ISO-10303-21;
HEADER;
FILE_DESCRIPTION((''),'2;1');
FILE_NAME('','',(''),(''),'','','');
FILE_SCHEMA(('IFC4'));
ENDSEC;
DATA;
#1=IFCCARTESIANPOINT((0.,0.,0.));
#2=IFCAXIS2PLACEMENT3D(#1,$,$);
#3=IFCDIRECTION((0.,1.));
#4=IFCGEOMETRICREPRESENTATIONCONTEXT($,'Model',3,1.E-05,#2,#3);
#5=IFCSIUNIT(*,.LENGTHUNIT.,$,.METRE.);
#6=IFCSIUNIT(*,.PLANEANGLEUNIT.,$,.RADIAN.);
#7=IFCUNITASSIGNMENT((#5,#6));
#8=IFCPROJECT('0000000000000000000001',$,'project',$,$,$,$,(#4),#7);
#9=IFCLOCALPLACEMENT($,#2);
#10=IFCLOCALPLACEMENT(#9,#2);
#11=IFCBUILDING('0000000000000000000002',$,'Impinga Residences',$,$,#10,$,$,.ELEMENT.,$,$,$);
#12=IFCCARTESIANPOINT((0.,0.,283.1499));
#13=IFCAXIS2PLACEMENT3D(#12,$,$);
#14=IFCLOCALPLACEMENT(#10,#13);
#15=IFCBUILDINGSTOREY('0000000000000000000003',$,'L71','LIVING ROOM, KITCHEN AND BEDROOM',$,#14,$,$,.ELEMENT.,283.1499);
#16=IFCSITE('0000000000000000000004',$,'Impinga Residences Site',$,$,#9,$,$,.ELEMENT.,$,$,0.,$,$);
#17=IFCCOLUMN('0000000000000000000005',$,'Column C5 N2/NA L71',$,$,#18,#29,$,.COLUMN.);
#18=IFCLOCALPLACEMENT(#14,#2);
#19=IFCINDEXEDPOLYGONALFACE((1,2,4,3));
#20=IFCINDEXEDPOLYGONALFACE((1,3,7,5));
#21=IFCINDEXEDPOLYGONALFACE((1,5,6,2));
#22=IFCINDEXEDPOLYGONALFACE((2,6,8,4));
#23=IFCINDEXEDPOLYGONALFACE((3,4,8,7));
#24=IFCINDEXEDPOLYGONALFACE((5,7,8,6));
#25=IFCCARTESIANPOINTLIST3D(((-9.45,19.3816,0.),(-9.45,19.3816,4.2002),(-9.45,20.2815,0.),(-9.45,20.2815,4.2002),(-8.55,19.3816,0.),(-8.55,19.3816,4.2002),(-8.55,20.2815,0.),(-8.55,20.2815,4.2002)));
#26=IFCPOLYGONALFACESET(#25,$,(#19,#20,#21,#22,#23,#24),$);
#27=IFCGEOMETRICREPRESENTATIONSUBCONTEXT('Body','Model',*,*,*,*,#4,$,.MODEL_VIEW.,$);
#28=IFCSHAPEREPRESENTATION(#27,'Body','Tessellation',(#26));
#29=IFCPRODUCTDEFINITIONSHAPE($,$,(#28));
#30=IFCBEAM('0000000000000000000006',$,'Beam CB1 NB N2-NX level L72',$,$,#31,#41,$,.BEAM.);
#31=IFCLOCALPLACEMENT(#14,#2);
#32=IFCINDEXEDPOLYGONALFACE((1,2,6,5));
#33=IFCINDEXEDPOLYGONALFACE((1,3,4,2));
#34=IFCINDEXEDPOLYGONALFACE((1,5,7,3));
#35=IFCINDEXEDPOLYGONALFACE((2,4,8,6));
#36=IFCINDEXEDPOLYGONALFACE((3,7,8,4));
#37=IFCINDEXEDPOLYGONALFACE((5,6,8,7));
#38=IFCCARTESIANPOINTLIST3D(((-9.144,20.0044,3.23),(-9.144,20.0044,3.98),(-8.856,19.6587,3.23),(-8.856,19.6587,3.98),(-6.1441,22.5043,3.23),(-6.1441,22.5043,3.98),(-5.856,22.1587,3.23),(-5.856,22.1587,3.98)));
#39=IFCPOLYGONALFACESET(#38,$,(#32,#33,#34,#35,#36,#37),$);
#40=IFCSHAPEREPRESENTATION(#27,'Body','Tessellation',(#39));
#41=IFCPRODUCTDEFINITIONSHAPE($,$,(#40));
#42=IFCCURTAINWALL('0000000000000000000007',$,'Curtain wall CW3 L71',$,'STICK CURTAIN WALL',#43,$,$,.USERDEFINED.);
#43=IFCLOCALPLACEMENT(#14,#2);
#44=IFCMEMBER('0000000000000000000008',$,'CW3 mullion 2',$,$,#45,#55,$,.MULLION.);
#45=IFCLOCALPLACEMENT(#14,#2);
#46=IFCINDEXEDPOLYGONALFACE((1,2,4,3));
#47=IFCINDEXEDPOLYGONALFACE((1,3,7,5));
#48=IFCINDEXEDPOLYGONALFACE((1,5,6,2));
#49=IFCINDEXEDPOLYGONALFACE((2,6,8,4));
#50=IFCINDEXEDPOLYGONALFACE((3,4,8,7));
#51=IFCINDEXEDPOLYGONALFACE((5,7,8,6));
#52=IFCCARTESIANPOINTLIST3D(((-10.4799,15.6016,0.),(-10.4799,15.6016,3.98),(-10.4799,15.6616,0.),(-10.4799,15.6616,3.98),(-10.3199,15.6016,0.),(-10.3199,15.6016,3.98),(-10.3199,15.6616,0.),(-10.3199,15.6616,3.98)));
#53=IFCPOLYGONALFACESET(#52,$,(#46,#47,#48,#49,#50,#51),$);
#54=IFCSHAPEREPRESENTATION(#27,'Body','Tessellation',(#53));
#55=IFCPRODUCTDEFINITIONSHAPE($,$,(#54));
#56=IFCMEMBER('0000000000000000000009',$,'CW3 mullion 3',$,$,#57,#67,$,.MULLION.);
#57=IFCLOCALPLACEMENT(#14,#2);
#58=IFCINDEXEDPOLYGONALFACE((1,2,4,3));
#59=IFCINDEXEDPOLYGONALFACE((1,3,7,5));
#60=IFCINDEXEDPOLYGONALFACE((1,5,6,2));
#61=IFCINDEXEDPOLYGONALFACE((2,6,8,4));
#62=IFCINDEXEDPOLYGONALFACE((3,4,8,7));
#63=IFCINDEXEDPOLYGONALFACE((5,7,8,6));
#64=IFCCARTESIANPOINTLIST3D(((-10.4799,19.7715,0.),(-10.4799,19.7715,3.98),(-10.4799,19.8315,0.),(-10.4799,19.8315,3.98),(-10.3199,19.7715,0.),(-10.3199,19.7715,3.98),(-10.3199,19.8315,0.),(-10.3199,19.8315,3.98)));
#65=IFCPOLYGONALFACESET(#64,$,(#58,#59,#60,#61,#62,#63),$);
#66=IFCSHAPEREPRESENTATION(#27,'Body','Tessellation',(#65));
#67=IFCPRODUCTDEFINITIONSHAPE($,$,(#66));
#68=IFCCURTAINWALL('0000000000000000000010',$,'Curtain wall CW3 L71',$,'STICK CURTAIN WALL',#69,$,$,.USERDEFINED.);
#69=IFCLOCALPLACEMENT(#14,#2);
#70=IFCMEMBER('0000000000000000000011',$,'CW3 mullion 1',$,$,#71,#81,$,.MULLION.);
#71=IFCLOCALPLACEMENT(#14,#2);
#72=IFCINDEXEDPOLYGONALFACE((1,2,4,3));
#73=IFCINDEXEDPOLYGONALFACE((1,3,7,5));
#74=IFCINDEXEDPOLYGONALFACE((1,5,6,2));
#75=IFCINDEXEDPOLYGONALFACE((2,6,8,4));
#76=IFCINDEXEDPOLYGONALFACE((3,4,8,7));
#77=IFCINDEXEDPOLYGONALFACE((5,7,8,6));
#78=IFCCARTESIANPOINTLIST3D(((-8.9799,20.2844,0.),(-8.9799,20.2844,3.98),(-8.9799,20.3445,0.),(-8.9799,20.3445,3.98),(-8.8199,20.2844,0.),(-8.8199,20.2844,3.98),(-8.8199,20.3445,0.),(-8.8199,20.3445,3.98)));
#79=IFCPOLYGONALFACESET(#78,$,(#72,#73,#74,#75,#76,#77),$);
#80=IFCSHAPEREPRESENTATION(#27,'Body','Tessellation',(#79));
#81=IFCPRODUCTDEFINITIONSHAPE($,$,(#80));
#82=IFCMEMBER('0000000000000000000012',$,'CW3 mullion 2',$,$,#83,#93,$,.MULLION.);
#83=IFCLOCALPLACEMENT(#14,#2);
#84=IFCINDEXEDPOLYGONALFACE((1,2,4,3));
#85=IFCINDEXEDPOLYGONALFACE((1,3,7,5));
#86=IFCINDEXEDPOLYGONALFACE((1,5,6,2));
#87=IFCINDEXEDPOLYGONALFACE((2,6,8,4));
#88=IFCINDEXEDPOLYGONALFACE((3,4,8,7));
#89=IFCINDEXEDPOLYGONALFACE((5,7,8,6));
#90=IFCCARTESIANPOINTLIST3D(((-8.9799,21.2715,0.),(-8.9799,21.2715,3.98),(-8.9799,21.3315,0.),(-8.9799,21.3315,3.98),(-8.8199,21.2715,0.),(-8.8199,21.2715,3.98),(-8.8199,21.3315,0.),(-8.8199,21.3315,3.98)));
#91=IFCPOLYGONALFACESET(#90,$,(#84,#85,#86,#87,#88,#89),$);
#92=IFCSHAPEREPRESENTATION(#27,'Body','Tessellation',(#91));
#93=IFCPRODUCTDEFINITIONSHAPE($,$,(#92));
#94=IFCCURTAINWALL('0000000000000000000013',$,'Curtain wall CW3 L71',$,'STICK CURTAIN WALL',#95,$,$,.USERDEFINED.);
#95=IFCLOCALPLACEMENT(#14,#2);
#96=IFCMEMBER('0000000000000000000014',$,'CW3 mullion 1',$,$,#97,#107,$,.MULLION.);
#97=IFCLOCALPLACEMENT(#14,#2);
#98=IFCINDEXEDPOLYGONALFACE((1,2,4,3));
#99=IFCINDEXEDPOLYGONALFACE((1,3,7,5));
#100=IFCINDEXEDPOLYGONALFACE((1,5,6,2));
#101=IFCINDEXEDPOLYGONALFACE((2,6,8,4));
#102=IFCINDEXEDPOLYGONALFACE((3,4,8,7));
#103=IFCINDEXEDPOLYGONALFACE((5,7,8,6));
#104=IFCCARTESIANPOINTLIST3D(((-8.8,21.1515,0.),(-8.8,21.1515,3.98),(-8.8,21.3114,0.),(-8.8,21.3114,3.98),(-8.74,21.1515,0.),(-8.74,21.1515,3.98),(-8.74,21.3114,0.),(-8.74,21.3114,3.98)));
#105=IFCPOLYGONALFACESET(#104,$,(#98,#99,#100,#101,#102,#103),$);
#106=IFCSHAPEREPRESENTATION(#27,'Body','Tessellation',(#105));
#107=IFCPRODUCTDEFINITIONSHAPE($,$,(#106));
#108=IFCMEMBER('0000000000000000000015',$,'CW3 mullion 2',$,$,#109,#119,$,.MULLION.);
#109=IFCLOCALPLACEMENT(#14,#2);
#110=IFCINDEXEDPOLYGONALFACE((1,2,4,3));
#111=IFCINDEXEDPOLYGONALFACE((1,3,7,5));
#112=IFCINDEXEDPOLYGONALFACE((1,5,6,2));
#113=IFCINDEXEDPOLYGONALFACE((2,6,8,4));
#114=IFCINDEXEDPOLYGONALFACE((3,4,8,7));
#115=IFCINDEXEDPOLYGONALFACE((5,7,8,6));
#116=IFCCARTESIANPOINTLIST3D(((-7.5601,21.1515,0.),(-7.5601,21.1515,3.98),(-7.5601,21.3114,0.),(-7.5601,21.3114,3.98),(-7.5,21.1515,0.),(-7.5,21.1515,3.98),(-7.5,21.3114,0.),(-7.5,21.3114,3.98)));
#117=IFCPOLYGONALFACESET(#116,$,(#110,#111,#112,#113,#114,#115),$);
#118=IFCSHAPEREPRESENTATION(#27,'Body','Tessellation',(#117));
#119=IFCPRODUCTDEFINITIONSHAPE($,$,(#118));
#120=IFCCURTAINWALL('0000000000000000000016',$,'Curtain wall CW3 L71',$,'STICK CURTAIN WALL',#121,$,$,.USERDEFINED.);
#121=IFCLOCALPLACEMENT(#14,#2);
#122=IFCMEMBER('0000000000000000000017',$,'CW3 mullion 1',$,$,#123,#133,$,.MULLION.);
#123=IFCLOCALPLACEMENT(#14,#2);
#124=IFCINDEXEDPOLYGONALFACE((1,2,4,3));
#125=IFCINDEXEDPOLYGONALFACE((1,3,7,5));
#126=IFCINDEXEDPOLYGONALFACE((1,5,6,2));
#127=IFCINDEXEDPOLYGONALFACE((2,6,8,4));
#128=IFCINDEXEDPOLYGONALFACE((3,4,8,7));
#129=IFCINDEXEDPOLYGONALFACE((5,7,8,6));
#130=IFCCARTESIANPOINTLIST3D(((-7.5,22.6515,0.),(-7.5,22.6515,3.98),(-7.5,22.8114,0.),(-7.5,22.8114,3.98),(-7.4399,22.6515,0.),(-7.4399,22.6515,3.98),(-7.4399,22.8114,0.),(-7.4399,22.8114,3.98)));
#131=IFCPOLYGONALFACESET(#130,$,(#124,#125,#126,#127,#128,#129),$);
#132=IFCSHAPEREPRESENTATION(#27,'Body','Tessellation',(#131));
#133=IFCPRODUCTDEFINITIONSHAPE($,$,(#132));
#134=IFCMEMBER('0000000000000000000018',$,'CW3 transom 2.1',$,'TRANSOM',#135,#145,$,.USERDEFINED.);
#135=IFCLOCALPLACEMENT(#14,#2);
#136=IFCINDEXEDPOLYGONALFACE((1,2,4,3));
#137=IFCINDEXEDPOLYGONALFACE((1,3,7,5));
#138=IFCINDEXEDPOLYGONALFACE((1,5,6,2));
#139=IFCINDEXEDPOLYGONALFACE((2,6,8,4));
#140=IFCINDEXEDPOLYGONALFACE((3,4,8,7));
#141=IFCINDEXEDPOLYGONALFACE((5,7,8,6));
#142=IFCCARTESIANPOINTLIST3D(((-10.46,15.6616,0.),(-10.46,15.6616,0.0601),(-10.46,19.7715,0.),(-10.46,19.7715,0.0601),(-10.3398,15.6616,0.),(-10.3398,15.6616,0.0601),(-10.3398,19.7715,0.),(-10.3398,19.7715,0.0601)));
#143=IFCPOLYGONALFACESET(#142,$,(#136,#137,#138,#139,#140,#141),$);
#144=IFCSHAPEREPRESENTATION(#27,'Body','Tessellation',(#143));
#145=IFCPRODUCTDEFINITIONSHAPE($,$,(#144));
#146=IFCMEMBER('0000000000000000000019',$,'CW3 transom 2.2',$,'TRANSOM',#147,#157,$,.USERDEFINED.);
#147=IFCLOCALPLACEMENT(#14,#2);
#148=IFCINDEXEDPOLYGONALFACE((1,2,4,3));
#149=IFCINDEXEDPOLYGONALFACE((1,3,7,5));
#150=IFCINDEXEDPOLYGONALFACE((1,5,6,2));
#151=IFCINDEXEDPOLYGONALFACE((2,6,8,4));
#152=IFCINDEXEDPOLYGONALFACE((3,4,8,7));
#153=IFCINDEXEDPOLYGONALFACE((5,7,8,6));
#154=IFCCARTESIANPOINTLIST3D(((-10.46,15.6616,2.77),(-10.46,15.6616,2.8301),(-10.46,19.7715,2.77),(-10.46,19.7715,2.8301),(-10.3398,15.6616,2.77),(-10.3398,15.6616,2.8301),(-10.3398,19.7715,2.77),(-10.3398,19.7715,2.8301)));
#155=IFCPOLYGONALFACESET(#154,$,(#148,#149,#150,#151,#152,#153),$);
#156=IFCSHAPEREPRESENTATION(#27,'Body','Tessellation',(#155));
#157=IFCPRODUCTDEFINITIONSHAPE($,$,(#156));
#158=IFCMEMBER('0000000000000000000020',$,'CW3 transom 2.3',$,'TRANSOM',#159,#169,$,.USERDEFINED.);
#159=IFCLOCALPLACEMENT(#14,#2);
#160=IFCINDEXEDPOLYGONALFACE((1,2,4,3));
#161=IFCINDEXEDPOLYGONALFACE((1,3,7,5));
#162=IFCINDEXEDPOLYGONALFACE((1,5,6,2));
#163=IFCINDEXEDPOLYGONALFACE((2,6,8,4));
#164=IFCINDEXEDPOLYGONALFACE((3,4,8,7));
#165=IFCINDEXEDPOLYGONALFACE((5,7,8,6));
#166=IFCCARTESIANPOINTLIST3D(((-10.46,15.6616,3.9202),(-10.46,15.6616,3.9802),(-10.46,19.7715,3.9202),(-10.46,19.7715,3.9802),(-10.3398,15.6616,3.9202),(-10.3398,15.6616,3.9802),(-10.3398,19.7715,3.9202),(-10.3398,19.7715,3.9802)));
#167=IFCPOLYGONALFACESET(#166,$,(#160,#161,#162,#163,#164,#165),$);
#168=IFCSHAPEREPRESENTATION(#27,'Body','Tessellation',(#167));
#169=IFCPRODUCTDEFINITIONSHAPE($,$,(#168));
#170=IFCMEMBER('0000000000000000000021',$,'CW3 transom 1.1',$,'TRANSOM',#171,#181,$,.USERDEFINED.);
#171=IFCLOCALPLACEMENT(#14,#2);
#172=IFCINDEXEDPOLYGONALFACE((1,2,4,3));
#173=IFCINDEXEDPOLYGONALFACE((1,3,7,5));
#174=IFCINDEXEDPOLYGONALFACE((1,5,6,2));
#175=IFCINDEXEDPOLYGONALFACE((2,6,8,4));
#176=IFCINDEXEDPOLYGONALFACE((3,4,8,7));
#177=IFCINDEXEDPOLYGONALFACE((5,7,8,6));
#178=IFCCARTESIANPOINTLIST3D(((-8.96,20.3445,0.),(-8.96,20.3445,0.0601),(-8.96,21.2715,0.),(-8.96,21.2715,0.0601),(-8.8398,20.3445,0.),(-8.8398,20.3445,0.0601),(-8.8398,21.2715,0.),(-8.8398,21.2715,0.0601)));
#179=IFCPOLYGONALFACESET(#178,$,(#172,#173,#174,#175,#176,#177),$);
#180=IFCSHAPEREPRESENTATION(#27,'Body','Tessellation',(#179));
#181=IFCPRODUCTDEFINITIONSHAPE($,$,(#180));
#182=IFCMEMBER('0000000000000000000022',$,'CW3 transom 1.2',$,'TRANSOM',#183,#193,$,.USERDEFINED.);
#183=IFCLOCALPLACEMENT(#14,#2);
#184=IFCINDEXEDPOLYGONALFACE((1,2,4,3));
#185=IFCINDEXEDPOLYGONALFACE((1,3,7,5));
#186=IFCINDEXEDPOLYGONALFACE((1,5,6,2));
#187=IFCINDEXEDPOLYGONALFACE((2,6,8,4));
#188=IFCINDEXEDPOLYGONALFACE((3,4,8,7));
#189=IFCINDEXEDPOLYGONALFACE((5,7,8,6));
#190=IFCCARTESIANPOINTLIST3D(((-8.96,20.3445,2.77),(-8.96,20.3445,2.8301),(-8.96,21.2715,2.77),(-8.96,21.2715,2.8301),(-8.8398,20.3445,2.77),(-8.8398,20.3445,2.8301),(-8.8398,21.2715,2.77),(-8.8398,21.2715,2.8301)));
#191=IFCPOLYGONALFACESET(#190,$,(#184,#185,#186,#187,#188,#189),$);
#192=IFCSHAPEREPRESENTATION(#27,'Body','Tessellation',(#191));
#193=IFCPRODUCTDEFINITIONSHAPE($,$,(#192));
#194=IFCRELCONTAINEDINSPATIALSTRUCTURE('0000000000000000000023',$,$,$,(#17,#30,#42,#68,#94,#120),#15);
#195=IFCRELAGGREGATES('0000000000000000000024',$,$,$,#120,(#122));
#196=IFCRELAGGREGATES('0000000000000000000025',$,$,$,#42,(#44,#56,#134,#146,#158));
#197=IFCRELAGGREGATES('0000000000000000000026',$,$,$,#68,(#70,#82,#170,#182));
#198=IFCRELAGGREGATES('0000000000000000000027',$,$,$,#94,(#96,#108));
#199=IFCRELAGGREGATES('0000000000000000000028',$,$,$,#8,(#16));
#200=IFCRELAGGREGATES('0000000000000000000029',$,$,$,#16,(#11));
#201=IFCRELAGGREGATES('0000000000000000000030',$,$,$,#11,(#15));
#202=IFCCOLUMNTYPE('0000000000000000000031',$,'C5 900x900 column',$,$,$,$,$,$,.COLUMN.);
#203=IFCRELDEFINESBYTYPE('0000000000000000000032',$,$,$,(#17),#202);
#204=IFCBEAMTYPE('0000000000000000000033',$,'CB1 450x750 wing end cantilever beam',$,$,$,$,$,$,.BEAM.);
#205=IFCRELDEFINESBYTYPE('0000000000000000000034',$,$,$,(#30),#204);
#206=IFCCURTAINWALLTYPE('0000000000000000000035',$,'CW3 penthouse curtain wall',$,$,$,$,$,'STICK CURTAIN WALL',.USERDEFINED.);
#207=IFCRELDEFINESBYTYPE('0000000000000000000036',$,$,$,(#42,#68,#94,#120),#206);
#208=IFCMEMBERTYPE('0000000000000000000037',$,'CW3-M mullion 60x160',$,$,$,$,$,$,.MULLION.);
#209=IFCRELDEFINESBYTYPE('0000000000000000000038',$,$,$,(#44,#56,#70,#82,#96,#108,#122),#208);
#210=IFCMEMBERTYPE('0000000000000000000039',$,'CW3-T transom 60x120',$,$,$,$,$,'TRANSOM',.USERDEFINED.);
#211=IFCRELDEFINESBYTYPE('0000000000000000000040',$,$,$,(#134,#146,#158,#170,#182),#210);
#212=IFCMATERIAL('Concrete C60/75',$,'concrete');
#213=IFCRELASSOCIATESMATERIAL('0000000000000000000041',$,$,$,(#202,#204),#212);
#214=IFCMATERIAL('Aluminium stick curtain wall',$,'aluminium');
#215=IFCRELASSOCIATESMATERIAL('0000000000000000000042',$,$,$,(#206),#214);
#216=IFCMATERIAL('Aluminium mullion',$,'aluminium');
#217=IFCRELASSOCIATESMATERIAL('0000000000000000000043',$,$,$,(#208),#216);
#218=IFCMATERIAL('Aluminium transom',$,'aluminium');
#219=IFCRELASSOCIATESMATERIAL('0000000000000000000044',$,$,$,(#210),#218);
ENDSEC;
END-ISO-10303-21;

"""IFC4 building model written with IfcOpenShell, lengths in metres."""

from ifc_helpers import new_model, si_unit, direction, frame, origin, origin_2d, place, context, subcontext, project, spatial, rectangle, extrude, material, material_profile, profile_set, type_object, element, aggregate, save


model = new_model("IFC4")

# Units and contexts
model_context = context("Model", 3, precision=1e-05, world=origin(), true_north=direction((0.0, 1.0)))
body_context = subcontext(model_context, "Body", "Model", "MODEL_VIEW")
ifc_project = project(units=[si_unit("LENGTHUNIT", "METRE"), si_unit("PLANEANGLEUNIT", "RADIAN")], contexts=[model_context])

# Site, building, storey
site_placement = place(None, origin())
site = spatial("IfcSite", under=ifc_project, at=site_placement, Name="Impinga Residences Site", CompositionType="ELEMENT", RefElevation=0.0)
building_placement = place(site_placement, origin())
building = spatial("IfcBuilding", under=site, at=building_placement, Name="Impinga Residences", CompositionType="ELEMENT")
storey_placement = place(building_placement, frame((0.0, 0.0, 283.1499)))
storey = spatial("IfcBuildingStorey", under=building, at=storey_placement, Name="L71", Description="LIVING ROOM, KITCHEN AND BEDROOM", CompositionType="ELEMENT", Elevation=283.1499)

# Column
ifc_material_1 = material(Name="Concrete C60/75", Category="concrete")
ifc_material_profile_1 = material_profile(ifc_material_1, rectangle(XDim=0.8999, YDim=0.8999, at=origin_2d()), Name="RC 900x900")
ifc_profile_set_1 = profile_set([ifc_material_profile_1], Name="Concrete C60/75")
column_type = type_object("IfcColumnType", Name="C5 900x900 column", PredefinedType="COLUMN", material=ifc_profile_set_1)
column_placement = place(storey_placement, frame((-9.0, 19.8315, 0.0), z_axis=(0.0, 0.0, 1.0), x_axis=(1.0, 0.0, 0.0)))
element("IfcColumn", 1, at=column_placement, inside=storey, type_object=column_type, Name="Column C5 N2/NA L71", PredefinedType="COLUMN", context=body_context, shape_type="SweptSolid", body=[
    extrude(rectangle(XDim=0.8999, YDim=0.8999, at=origin_2d()), origin(), (0.0, 0.0, 1.0), 4.2002),
])

# Beam
ifc_material_profile_2 = material_profile(ifc_material_1, rectangle(XDim=0.45, YDim=0.75, at=origin_2d()), Name="RC 450x750")
ifc_profile_set_2 = profile_set([ifc_material_profile_2], Name="Concrete C60/75")
beam_type = type_object("IfcBeamType", Name="CB1 450x750 wing end cantilever beam", PredefinedType="BEAM", material=ifc_profile_set_2)
beam_placement = place(storey_placement, frame((-9.0, 19.8315, 3.605), z_axis=(0.768221, 0.640184, 0.0), x_axis=(-0.640184, 0.768221, 0.0)))
element("IfcBeam", 2, at=beam_placement, inside=storey, type_object=beam_type, Name="Beam CB1 NB N2-NX level L72", PredefinedType="BEAM", context=body_context, shape_type="SweptSolid", body=[
    extrude(rectangle(XDim=0.45, YDim=0.75, at=origin_2d()), origin(), (0.0, 0.0, 1.0), 3.905),
])

# Curtain walls, members
ifc_material_2 = material(Name="Aluminium stick curtain wall", Category="aluminium")
curtain_wall_type = type_object("IfcCurtainWallType", Name="CW3 penthouse curtain wall", ElementType="STICK CURTAIN WALL", PredefinedType="USERDEFINED", material=ifc_material_2)
curtain_wall_1_placement = place(storey_placement, origin())
curtain_wall_1 = element("IfcCurtainWall", 3, at=curtain_wall_1_placement, inside=storey, type_object=curtain_wall_type, Name="Curtain wall CW3 L71", ObjectType="STICK CURTAIN WALL", PredefinedType="USERDEFINED")
ifc_material_3 = material(Name="Aluminium mullion", Category="aluminium")
ifc_material_profile_3 = material_profile(ifc_material_3, rectangle(XDim=0.0601, YDim=0.1599, at=origin_2d()), Name="60x160 mullion")
ifc_profile_set_3 = profile_set([ifc_material_profile_3], Name="Aluminium mullion")
member_type_1 = type_object("IfcMemberType", Name="CW3-M mullion 60x160", PredefinedType="MULLION", material=ifc_profile_set_3)
member_1_placement = place(storey_placement, frame((-10.3999, 15.6316, 0.0), z_axis=(0.0, 0.0, 1.0), x_axis=(0.0, 1.0, 0.0)))
member_1 = element("IfcMember", 4, at=member_1_placement, type_object=member_type_1, Name="CW3 mullion 2", PredefinedType="MULLION", context=body_context, shape_type="SweptSolid", body=[
    extrude(rectangle(XDim=0.0601, YDim=0.1599, at=origin_2d()), origin(), (0.0, 0.0, 1.0), 3.98),
])
member_2_placement = place(storey_placement, frame((-10.3999, 19.8015, 0.0), z_axis=(0.0, 0.0, 1.0), x_axis=(0.0, 1.0, 0.0)))
member_2 = element("IfcMember", 5, at=member_2_placement, type_object=member_type_1, Name="CW3 mullion 3", PredefinedType="MULLION", context=body_context, shape_type="SweptSolid", body=[
    extrude(rectangle(XDim=0.0601, YDim=0.1599, at=origin_2d()), origin(), (0.0, 0.0, 1.0), 3.98),
])
curtain_wall_2_placement = place(storey_placement, origin())
curtain_wall_2 = element("IfcCurtainWall", 6, at=curtain_wall_2_placement, inside=storey, type_object=curtain_wall_type, Name="Curtain wall CW3 L71", ObjectType="STICK CURTAIN WALL", PredefinedType="USERDEFINED")
member_3_placement = place(storey_placement, frame((-8.8999, 20.3145, 0.0), z_axis=(0.0, 0.0, 1.0), x_axis=(0.0, 1.0, 0.0)))
member_3 = element("IfcMember", 7, at=member_3_placement, type_object=member_type_1, Name="CW3 mullion 1", PredefinedType="MULLION", context=body_context, shape_type="SweptSolid", body=[
    extrude(rectangle(XDim=0.0601, YDim=0.1599, at=origin_2d()), origin(), (0.0, 0.0, 1.0), 3.98),
])
member_4_placement = place(storey_placement, frame((-8.8999, 21.3015, 0.0), z_axis=(0.0, 0.0, 1.0), x_axis=(0.0, 1.0, 0.0)))
member_4 = element("IfcMember", 8, at=member_4_placement, type_object=member_type_1, Name="CW3 mullion 2", PredefinedType="MULLION", context=body_context, shape_type="SweptSolid", body=[
    extrude(rectangle(XDim=0.0601, YDim=0.1599, at=origin_2d()), origin(), (0.0, 0.0, 1.0), 3.98),
])
curtain_wall_3_placement = place(storey_placement, origin())
curtain_wall_3 = element("IfcCurtainWall", 9, at=curtain_wall_3_placement, inside=storey, type_object=curtain_wall_type, Name="Curtain wall CW3 L71", ObjectType="STICK CURTAIN WALL", PredefinedType="USERDEFINED")
member_5_placement = place(storey_placement, frame((-8.77, 21.2314, 0.0), z_axis=(0.0, 0.0, 1.0), x_axis=(1.0, 0.0, 0.0)))
member_5 = element("IfcMember", 10, at=member_5_placement, type_object=member_type_1, Name="CW3 mullion 1", PredefinedType="MULLION", context=body_context, shape_type="SweptSolid", body=[
    extrude(rectangle(XDim=0.0601, YDim=0.1599, at=origin_2d()), origin(), (0.0, 0.0, 1.0), 3.98),
])
member_6_placement = place(storey_placement, frame((-7.53, 21.2314, 0.0), z_axis=(0.0, 0.0, 1.0), x_axis=(1.0, 0.0, 0.0)))
member_6 = element("IfcMember", 11, at=member_6_placement, type_object=member_type_1, Name="CW3 mullion 2", PredefinedType="MULLION", context=body_context, shape_type="SweptSolid", body=[
    extrude(rectangle(XDim=0.0601, YDim=0.1599, at=origin_2d()), origin(), (0.0, 0.0, 1.0), 3.98),
])

# Curtain wall, member
curtain_wall_4_placement = place(storey_placement, origin())
curtain_wall_4 = element("IfcCurtainWall", 12, at=curtain_wall_4_placement, inside=storey, type_object=curtain_wall_type, Name="Curtain wall CW3 L71", ObjectType="STICK CURTAIN WALL", PredefinedType="USERDEFINED")
member_7_placement = place(storey_placement, frame((-7.47, 22.7314, 0.0), z_axis=(0.0, 0.0, 1.0), x_axis=(1.0, 0.0, 0.0)))
member_7 = element("IfcMember", 13, at=member_7_placement, type_object=member_type_1, Name="CW3 mullion 1", PredefinedType="MULLION", context=body_context, shape_type="SweptSolid", body=[
    extrude(rectangle(XDim=0.0601, YDim=0.1599, at=origin_2d()), origin(), (0.0, 0.0, 1.0), 3.98),
])
aggregate(curtain_wall_4, [member_7])

# Members
ifc_material_4 = material(Name="Aluminium transom", Category="aluminium")
ifc_material_profile_4 = material_profile(ifc_material_4, rectangle(XDim=0.0601, YDim=0.1201, at=origin_2d()), Name="60x120 transom")
ifc_profile_set_4 = profile_set([ifc_material_profile_4], Name="Aluminium transom")
member_type_2 = type_object("IfcMemberType", Name="CW3-T transom 60x120", ElementType="TRANSOM", PredefinedType="USERDEFINED", material=ifc_profile_set_4)
member_8_placement = place(storey_placement, frame((-10.3999, 15.6616, 0.03), z_axis=(0.0, 1.0, 0.0), x_axis=(0.0, 0.0, 1.0)))
member_8 = element("IfcMember", 14, at=member_8_placement, type_object=member_type_2, Name="CW3 transom 2.1", ObjectType="TRANSOM", PredefinedType="USERDEFINED", context=body_context, shape_type="SweptSolid", body=[
    extrude(rectangle(XDim=0.0601, YDim=0.1201, at=origin_2d()), origin(), (0.0, 0.0, 1.0), 4.1099),
])
member_9_placement = place(storey_placement, frame((-10.3999, 15.6616, 2.8), z_axis=(0.0, 1.0, 0.0), x_axis=(0.0, 0.0, 1.0)))
member_9 = element("IfcMember", 15, at=member_9_placement, type_object=member_type_2, Name="CW3 transom 2.2", ObjectType="TRANSOM", PredefinedType="USERDEFINED", context=body_context, shape_type="SweptSolid", body=[
    extrude(rectangle(XDim=0.0601, YDim=0.1201, at=origin_2d()), origin(), (0.0, 0.0, 1.0), 4.1099),
])
member_10_placement = place(storey_placement, frame((-10.3999, 15.6616, 3.9502), z_axis=(0.0, 1.0, 0.0), x_axis=(0.0, 0.0, 1.0)))
member_10 = element("IfcMember", 16, at=member_10_placement, type_object=member_type_2, Name="CW3 transom 2.3", ObjectType="TRANSOM", PredefinedType="USERDEFINED", context=body_context, shape_type="SweptSolid", body=[
    extrude(rectangle(XDim=0.0601, YDim=0.1201, at=origin_2d()), origin(), (0.0, 0.0, 1.0), 4.1099),
])
member_11_placement = place(storey_placement, frame((-8.8999, 20.3445, 0.03), z_axis=(0.0, 1.0, 0.0), x_axis=(0.0, 0.0, 1.0)))
member_11 = element("IfcMember", 17, at=member_11_placement, type_object=member_type_2, Name="CW3 transom 1.1", ObjectType="TRANSOM", PredefinedType="USERDEFINED", context=body_context, shape_type="SweptSolid", body=[
    extrude(rectangle(XDim=0.0601, YDim=0.1201, at=origin_2d()), origin(), (0.0, 0.0, 1.0), 0.927),
])
member_12_placement = place(storey_placement, frame((-8.8999, 20.3445, 2.8), z_axis=(0.0, 1.0, 0.0), x_axis=(0.0, 0.0, 1.0)))
member_12 = element("IfcMember", 18, at=member_12_placement, type_object=member_type_2, Name="CW3 transom 1.2", ObjectType="TRANSOM", PredefinedType="USERDEFINED", context=body_context, shape_type="SweptSolid", body=[
    extrude(rectangle(XDim=0.0601, YDim=0.1201, at=origin_2d()), origin(), (0.0, 0.0, 1.0), 0.927),
])

aggregate(curtain_wall_1, [member_1, member_2, member_8, member_9, member_10])
aggregate(curtain_wall_2, [member_3, member_4, member_11, member_12])
aggregate(curtain_wall_3, [member_5, member_6])

save(model, "model.ifc")
